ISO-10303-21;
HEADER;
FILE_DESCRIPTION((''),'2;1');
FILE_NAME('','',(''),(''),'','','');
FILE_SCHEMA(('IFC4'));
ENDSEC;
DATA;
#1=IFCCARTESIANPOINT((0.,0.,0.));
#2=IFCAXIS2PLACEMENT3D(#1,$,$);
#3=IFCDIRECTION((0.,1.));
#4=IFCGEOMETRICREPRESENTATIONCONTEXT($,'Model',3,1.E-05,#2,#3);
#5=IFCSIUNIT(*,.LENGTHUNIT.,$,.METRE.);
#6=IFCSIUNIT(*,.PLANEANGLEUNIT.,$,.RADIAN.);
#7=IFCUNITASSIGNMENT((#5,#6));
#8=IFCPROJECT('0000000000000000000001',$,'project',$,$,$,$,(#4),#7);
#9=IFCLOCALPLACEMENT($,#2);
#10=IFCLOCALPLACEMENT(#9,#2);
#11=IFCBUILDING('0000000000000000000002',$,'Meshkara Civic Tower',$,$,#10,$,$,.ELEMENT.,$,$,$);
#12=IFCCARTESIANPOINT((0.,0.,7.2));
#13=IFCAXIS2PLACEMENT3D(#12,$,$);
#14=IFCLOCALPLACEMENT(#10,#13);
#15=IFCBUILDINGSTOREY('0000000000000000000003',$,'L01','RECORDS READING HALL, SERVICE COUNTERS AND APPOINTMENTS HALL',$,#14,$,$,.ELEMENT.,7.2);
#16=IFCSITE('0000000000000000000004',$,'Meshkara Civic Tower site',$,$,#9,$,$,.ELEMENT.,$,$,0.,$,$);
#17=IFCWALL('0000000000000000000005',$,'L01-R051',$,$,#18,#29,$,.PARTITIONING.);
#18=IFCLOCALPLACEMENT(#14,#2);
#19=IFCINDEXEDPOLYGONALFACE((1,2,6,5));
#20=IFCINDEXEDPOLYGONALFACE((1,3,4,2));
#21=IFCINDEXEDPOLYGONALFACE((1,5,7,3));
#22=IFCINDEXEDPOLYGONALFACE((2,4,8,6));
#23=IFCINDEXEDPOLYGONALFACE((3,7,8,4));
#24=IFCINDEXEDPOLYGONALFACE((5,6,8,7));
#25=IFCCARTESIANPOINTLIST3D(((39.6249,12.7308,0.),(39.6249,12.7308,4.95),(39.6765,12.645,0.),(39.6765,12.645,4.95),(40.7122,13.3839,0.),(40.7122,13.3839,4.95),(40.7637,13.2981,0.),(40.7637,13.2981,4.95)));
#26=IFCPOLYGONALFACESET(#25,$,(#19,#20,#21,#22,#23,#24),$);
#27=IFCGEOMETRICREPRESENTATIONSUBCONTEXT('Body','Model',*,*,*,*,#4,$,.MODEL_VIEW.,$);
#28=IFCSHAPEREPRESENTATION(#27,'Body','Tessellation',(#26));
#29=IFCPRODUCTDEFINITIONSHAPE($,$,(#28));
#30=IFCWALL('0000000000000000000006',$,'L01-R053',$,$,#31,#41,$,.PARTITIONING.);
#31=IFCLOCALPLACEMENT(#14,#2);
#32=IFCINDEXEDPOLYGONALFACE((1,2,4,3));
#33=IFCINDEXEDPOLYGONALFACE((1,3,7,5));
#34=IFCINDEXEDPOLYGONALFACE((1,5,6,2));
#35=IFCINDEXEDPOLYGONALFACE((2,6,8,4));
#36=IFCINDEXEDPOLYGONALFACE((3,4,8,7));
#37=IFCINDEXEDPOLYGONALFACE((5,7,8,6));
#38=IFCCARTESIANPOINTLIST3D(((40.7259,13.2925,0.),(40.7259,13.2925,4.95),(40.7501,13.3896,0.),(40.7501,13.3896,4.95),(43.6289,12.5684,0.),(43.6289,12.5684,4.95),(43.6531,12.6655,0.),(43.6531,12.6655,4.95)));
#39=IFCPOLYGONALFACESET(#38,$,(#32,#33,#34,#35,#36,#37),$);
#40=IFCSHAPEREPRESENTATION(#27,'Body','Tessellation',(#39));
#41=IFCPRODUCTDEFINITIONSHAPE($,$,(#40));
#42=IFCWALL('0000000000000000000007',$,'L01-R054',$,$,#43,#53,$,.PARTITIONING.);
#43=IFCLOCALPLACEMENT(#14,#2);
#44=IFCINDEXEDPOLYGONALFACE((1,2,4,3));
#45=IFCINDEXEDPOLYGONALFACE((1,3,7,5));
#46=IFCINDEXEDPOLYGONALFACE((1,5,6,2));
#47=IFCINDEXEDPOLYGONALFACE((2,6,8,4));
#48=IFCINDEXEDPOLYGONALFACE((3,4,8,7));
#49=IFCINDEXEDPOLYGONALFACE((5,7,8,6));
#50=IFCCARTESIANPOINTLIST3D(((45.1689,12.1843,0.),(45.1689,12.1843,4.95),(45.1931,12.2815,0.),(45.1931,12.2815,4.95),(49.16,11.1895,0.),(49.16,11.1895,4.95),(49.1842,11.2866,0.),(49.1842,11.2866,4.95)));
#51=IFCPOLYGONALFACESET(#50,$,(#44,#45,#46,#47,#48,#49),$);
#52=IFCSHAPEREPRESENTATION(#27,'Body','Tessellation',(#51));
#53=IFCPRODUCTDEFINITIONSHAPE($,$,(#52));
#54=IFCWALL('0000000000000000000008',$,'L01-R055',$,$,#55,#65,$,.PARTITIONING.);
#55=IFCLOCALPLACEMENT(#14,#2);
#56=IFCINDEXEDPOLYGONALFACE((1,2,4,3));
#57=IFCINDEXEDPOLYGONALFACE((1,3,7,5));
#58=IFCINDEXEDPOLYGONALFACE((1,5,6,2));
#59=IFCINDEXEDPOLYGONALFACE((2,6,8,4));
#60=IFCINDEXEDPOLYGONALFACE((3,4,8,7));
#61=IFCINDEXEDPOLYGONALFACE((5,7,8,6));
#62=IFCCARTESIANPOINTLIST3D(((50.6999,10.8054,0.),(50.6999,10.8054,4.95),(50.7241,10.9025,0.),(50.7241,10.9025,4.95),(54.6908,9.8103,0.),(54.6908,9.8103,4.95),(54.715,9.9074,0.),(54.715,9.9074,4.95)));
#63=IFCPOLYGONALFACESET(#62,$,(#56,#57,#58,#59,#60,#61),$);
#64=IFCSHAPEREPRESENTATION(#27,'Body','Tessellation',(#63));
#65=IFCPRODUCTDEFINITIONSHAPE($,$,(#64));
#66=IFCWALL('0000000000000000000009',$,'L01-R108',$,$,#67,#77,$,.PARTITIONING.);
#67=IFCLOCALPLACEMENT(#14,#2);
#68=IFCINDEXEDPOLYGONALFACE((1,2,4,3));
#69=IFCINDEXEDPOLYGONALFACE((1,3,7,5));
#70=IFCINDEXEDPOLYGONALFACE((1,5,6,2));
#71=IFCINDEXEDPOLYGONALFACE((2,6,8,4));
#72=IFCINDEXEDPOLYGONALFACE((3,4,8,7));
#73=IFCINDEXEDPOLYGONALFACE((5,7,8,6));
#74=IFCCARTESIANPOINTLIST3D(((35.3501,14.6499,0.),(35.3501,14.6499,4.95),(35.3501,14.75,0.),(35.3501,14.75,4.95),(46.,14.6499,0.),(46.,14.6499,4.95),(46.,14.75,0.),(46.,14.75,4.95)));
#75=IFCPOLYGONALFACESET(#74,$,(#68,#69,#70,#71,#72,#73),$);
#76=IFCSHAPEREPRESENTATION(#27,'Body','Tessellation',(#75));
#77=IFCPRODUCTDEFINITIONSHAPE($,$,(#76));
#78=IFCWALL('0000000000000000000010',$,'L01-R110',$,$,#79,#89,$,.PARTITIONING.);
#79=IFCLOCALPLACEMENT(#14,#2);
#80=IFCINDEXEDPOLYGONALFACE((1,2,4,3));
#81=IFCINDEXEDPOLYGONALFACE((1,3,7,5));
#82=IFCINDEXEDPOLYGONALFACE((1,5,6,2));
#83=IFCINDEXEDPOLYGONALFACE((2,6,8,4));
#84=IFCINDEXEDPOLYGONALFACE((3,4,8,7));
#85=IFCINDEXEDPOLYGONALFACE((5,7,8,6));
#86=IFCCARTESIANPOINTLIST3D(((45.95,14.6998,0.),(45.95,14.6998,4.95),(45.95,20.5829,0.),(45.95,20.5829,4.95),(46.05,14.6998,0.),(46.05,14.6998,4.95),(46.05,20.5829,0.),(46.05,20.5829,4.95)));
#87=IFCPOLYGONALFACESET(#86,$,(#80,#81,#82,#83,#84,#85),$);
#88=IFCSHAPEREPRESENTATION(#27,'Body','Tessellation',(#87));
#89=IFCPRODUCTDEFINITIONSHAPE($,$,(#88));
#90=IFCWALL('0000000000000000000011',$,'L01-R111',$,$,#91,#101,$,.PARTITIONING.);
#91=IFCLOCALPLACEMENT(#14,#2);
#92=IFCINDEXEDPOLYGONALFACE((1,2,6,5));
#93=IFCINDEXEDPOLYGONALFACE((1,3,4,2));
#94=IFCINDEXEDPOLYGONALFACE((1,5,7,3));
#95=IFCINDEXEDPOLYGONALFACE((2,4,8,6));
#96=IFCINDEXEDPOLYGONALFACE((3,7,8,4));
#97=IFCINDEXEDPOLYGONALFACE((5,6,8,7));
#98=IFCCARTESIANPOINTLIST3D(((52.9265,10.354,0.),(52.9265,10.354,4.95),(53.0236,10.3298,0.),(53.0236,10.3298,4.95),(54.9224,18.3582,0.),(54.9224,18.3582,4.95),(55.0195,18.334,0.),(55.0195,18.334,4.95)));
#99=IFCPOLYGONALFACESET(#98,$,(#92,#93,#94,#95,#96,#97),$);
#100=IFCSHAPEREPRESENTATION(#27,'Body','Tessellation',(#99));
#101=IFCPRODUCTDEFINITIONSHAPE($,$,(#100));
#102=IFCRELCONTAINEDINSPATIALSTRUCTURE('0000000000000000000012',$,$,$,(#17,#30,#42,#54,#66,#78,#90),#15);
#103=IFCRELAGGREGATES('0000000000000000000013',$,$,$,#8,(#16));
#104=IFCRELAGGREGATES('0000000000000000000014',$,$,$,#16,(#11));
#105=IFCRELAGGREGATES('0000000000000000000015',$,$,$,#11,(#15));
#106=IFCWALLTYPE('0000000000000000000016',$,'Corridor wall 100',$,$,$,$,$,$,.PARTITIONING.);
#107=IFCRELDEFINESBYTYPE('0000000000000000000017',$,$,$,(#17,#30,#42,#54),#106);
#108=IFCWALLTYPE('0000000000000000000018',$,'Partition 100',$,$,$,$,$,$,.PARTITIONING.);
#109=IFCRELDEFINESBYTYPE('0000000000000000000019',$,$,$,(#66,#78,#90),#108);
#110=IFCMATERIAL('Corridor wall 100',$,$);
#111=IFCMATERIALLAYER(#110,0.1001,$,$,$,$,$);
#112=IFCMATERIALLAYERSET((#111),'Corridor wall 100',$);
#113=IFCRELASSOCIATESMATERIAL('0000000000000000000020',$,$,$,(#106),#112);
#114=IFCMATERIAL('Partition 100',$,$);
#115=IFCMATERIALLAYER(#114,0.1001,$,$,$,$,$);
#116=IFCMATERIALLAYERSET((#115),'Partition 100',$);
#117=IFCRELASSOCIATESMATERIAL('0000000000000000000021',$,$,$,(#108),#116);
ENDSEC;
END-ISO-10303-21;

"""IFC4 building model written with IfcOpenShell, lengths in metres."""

from ifc_helpers import new_model, si_unit, direction, frame, frame_2d, origin, place, context, subcontext, project, spatial, rectangle, extrude, material, layer, layer_set, type_object, element, save


model = new_model("IFC4")

# Units and contexts
model_context = context("Model", 3, precision=1e-05, world=origin(), true_north=direction((0.0, 1.0)))
body_context = subcontext(model_context, "Body", "Model", "MODEL_VIEW")
ifc_project = project(units=[si_unit("LENGTHUNIT", "METRE"), si_unit("PLANEANGLEUNIT", "RADIAN")], contexts=[model_context])

# Site, building, storey
site_placement = place(None, origin())
site = spatial("IfcSite", under=ifc_project, at=site_placement, Name="Meshkara Civic Tower site", CompositionType="ELEMENT", RefElevation=0.0)
building_placement = place(site_placement, origin())
building = spatial("IfcBuilding", under=site, at=building_placement, Name="Meshkara Civic Tower", CompositionType="ELEMENT")
storey_placement = place(building_placement, frame((0.0, 0.0, 7.2)))
storey = spatial("IfcBuildingStorey", under=building, at=storey_placement, Name="L01", Description="RECORDS READING HALL, SERVICE COUNTERS AND APPOINTMENTS HALL", CompositionType="ELEMENT", Elevation=7.2)

# Shared definitions
ifc_material_1 = material(Name="Corridor wall 100")
ifc_layer_1 = layer(ifc_material_1, 0.1001)
ifc_layer_set_1 = layer_set([ifc_layer_1], Name="Corridor wall 100")
wall_type_1 = type_object("IfcWallType", Name="Corridor wall 100", PredefinedType="PARTITIONING", material=ifc_layer_set_1)

# Walls
wall_1_placement = place(storey_placement, frame((40.738, 13.3411, 0.0), z_axis=(0.0, 0.0, 1.0), x_axis=(-0.857221, -0.514949, 0.0)))
element("IfcWall", 1, at=wall_1_placement, inside=storey, type_object=wall_type_1, Name="L01-R051", PredefinedType="PARTITIONING", context=body_context, shape_type="SweptSolid", body=[
    extrude(rectangle(XDim=1.2683, YDim=0.1001, at=frame_2d((0.6343, 0.0))), origin(), (0.0, 0.0, 1.0), 4.95),
])
wall_2_placement = place(storey_placement, frame((43.6411, 12.6169, 0.0), z_axis=(0.0, 0.0, 1.0), x_axis=(-0.970272, 0.242017, 0.0)))
element("IfcWall", 2, at=wall_2_placement, inside=storey, type_object=wall_type_1, Name="L01-R053", PredefinedType="PARTITIONING", context=body_context, shape_type="SweptSolid", body=[
    extrude(rectangle(XDim=2.9919, YDim=0.1001, at=frame_2d((1.4961, 0.0))), origin(), (0.0, 0.0, 1.0), 4.95),
])
wall_3_placement = place(storey_placement, frame((49.1721, 11.238, 0.0), z_axis=(0.0, 0.0, 1.0), x_axis=(-0.97031, 0.241865, 0.0)))
element("IfcWall", 3, at=wall_3_placement, inside=storey, type_object=wall_type_1, Name="L01-R054", PredefinedType="PARTITIONING", context=body_context, shape_type="SweptSolid", body=[
    extrude(rectangle(XDim=4.1133, YDim=0.1001, at=frame_2d((2.0566, 0.0))), origin(), (0.0, 0.0, 1.0), 4.95),
])
wall_4_placement = place(storey_placement, frame((50.7119, 10.854, 0.0), z_axis=(0.0, 0.0, 1.0), x_axis=(0.970292, -0.241935, 0.0)))
element("IfcWall", 4, at=wall_4_placement, inside=storey, type_object=wall_type_1, Name="L01-R055", PredefinedType="PARTITIONING", context=body_context, shape_type="SweptSolid", body=[
    extrude(rectangle(XDim=4.113, YDim=0.1001, at=frame_2d((2.0566, 0.0))), origin(), (0.0, 0.0, 1.0), 4.95),
])
ifc_material_2 = material(Name="Partition 100")
ifc_layer_2 = layer(ifc_material_2, 0.1001)
ifc_layer_set_2 = layer_set([ifc_layer_2], Name="Partition 100")
wall_type_2 = type_object("IfcWallType", Name="Partition 100", PredefinedType="PARTITIONING", material=ifc_layer_set_2)
wall_5_placement = place(storey_placement, frame((35.3501, 14.7, 0.0), z_axis=(0.0, 0.0, 1.0), x_axis=(1.0, 0.0, 0.0)))
element("IfcWall", 5, at=wall_5_placement, inside=storey, type_object=wall_type_2, Name="L01-R108", PredefinedType="PARTITIONING", context=body_context, shape_type="SweptSolid", body=[
    extrude(rectangle(XDim=10.6499, YDim=0.1001, at=frame_2d((5.325, 0.0))), origin(), (0.0, 0.0, 1.0), 4.95),
])
wall_6_placement = place(storey_placement, frame((46.0, 14.7, 0.0), z_axis=(0.0, 0.0, 1.0), x_axis=(0.0, 1.0, 0.0)))
element("IfcWall", 6, at=wall_6_placement, inside=storey, type_object=wall_type_2, Name="L01-R110", PredefinedType="PARTITIONING", context=body_context, shape_type="SweptSolid", body=[
    extrude(rectangle(XDim=5.8831, YDim=0.1001, at=frame_2d((2.9414, 0.0))), origin(), (0.0, 0.0, 1.0), 4.95),
])
wall_7_placement = place(storey_placement, frame((52.9751, 10.342, 0.0), z_axis=(0.0, 0.0, 1.0), x_axis=(0.241944, 0.97029, 0.0)))
element("IfcWall", 7, at=wall_7_placement, inside=storey, type_object=wall_type_2, Name="L01-R111", PredefinedType="PARTITIONING", context=body_context, shape_type="SweptSolid", body=[
    extrude(rectangle(XDim=8.2493, YDim=0.1001, at=frame_2d((4.1245, 0.0))), origin(), (0.0, 0.0, 1.0), 4.95),
])

save(model, "model.ifc")
